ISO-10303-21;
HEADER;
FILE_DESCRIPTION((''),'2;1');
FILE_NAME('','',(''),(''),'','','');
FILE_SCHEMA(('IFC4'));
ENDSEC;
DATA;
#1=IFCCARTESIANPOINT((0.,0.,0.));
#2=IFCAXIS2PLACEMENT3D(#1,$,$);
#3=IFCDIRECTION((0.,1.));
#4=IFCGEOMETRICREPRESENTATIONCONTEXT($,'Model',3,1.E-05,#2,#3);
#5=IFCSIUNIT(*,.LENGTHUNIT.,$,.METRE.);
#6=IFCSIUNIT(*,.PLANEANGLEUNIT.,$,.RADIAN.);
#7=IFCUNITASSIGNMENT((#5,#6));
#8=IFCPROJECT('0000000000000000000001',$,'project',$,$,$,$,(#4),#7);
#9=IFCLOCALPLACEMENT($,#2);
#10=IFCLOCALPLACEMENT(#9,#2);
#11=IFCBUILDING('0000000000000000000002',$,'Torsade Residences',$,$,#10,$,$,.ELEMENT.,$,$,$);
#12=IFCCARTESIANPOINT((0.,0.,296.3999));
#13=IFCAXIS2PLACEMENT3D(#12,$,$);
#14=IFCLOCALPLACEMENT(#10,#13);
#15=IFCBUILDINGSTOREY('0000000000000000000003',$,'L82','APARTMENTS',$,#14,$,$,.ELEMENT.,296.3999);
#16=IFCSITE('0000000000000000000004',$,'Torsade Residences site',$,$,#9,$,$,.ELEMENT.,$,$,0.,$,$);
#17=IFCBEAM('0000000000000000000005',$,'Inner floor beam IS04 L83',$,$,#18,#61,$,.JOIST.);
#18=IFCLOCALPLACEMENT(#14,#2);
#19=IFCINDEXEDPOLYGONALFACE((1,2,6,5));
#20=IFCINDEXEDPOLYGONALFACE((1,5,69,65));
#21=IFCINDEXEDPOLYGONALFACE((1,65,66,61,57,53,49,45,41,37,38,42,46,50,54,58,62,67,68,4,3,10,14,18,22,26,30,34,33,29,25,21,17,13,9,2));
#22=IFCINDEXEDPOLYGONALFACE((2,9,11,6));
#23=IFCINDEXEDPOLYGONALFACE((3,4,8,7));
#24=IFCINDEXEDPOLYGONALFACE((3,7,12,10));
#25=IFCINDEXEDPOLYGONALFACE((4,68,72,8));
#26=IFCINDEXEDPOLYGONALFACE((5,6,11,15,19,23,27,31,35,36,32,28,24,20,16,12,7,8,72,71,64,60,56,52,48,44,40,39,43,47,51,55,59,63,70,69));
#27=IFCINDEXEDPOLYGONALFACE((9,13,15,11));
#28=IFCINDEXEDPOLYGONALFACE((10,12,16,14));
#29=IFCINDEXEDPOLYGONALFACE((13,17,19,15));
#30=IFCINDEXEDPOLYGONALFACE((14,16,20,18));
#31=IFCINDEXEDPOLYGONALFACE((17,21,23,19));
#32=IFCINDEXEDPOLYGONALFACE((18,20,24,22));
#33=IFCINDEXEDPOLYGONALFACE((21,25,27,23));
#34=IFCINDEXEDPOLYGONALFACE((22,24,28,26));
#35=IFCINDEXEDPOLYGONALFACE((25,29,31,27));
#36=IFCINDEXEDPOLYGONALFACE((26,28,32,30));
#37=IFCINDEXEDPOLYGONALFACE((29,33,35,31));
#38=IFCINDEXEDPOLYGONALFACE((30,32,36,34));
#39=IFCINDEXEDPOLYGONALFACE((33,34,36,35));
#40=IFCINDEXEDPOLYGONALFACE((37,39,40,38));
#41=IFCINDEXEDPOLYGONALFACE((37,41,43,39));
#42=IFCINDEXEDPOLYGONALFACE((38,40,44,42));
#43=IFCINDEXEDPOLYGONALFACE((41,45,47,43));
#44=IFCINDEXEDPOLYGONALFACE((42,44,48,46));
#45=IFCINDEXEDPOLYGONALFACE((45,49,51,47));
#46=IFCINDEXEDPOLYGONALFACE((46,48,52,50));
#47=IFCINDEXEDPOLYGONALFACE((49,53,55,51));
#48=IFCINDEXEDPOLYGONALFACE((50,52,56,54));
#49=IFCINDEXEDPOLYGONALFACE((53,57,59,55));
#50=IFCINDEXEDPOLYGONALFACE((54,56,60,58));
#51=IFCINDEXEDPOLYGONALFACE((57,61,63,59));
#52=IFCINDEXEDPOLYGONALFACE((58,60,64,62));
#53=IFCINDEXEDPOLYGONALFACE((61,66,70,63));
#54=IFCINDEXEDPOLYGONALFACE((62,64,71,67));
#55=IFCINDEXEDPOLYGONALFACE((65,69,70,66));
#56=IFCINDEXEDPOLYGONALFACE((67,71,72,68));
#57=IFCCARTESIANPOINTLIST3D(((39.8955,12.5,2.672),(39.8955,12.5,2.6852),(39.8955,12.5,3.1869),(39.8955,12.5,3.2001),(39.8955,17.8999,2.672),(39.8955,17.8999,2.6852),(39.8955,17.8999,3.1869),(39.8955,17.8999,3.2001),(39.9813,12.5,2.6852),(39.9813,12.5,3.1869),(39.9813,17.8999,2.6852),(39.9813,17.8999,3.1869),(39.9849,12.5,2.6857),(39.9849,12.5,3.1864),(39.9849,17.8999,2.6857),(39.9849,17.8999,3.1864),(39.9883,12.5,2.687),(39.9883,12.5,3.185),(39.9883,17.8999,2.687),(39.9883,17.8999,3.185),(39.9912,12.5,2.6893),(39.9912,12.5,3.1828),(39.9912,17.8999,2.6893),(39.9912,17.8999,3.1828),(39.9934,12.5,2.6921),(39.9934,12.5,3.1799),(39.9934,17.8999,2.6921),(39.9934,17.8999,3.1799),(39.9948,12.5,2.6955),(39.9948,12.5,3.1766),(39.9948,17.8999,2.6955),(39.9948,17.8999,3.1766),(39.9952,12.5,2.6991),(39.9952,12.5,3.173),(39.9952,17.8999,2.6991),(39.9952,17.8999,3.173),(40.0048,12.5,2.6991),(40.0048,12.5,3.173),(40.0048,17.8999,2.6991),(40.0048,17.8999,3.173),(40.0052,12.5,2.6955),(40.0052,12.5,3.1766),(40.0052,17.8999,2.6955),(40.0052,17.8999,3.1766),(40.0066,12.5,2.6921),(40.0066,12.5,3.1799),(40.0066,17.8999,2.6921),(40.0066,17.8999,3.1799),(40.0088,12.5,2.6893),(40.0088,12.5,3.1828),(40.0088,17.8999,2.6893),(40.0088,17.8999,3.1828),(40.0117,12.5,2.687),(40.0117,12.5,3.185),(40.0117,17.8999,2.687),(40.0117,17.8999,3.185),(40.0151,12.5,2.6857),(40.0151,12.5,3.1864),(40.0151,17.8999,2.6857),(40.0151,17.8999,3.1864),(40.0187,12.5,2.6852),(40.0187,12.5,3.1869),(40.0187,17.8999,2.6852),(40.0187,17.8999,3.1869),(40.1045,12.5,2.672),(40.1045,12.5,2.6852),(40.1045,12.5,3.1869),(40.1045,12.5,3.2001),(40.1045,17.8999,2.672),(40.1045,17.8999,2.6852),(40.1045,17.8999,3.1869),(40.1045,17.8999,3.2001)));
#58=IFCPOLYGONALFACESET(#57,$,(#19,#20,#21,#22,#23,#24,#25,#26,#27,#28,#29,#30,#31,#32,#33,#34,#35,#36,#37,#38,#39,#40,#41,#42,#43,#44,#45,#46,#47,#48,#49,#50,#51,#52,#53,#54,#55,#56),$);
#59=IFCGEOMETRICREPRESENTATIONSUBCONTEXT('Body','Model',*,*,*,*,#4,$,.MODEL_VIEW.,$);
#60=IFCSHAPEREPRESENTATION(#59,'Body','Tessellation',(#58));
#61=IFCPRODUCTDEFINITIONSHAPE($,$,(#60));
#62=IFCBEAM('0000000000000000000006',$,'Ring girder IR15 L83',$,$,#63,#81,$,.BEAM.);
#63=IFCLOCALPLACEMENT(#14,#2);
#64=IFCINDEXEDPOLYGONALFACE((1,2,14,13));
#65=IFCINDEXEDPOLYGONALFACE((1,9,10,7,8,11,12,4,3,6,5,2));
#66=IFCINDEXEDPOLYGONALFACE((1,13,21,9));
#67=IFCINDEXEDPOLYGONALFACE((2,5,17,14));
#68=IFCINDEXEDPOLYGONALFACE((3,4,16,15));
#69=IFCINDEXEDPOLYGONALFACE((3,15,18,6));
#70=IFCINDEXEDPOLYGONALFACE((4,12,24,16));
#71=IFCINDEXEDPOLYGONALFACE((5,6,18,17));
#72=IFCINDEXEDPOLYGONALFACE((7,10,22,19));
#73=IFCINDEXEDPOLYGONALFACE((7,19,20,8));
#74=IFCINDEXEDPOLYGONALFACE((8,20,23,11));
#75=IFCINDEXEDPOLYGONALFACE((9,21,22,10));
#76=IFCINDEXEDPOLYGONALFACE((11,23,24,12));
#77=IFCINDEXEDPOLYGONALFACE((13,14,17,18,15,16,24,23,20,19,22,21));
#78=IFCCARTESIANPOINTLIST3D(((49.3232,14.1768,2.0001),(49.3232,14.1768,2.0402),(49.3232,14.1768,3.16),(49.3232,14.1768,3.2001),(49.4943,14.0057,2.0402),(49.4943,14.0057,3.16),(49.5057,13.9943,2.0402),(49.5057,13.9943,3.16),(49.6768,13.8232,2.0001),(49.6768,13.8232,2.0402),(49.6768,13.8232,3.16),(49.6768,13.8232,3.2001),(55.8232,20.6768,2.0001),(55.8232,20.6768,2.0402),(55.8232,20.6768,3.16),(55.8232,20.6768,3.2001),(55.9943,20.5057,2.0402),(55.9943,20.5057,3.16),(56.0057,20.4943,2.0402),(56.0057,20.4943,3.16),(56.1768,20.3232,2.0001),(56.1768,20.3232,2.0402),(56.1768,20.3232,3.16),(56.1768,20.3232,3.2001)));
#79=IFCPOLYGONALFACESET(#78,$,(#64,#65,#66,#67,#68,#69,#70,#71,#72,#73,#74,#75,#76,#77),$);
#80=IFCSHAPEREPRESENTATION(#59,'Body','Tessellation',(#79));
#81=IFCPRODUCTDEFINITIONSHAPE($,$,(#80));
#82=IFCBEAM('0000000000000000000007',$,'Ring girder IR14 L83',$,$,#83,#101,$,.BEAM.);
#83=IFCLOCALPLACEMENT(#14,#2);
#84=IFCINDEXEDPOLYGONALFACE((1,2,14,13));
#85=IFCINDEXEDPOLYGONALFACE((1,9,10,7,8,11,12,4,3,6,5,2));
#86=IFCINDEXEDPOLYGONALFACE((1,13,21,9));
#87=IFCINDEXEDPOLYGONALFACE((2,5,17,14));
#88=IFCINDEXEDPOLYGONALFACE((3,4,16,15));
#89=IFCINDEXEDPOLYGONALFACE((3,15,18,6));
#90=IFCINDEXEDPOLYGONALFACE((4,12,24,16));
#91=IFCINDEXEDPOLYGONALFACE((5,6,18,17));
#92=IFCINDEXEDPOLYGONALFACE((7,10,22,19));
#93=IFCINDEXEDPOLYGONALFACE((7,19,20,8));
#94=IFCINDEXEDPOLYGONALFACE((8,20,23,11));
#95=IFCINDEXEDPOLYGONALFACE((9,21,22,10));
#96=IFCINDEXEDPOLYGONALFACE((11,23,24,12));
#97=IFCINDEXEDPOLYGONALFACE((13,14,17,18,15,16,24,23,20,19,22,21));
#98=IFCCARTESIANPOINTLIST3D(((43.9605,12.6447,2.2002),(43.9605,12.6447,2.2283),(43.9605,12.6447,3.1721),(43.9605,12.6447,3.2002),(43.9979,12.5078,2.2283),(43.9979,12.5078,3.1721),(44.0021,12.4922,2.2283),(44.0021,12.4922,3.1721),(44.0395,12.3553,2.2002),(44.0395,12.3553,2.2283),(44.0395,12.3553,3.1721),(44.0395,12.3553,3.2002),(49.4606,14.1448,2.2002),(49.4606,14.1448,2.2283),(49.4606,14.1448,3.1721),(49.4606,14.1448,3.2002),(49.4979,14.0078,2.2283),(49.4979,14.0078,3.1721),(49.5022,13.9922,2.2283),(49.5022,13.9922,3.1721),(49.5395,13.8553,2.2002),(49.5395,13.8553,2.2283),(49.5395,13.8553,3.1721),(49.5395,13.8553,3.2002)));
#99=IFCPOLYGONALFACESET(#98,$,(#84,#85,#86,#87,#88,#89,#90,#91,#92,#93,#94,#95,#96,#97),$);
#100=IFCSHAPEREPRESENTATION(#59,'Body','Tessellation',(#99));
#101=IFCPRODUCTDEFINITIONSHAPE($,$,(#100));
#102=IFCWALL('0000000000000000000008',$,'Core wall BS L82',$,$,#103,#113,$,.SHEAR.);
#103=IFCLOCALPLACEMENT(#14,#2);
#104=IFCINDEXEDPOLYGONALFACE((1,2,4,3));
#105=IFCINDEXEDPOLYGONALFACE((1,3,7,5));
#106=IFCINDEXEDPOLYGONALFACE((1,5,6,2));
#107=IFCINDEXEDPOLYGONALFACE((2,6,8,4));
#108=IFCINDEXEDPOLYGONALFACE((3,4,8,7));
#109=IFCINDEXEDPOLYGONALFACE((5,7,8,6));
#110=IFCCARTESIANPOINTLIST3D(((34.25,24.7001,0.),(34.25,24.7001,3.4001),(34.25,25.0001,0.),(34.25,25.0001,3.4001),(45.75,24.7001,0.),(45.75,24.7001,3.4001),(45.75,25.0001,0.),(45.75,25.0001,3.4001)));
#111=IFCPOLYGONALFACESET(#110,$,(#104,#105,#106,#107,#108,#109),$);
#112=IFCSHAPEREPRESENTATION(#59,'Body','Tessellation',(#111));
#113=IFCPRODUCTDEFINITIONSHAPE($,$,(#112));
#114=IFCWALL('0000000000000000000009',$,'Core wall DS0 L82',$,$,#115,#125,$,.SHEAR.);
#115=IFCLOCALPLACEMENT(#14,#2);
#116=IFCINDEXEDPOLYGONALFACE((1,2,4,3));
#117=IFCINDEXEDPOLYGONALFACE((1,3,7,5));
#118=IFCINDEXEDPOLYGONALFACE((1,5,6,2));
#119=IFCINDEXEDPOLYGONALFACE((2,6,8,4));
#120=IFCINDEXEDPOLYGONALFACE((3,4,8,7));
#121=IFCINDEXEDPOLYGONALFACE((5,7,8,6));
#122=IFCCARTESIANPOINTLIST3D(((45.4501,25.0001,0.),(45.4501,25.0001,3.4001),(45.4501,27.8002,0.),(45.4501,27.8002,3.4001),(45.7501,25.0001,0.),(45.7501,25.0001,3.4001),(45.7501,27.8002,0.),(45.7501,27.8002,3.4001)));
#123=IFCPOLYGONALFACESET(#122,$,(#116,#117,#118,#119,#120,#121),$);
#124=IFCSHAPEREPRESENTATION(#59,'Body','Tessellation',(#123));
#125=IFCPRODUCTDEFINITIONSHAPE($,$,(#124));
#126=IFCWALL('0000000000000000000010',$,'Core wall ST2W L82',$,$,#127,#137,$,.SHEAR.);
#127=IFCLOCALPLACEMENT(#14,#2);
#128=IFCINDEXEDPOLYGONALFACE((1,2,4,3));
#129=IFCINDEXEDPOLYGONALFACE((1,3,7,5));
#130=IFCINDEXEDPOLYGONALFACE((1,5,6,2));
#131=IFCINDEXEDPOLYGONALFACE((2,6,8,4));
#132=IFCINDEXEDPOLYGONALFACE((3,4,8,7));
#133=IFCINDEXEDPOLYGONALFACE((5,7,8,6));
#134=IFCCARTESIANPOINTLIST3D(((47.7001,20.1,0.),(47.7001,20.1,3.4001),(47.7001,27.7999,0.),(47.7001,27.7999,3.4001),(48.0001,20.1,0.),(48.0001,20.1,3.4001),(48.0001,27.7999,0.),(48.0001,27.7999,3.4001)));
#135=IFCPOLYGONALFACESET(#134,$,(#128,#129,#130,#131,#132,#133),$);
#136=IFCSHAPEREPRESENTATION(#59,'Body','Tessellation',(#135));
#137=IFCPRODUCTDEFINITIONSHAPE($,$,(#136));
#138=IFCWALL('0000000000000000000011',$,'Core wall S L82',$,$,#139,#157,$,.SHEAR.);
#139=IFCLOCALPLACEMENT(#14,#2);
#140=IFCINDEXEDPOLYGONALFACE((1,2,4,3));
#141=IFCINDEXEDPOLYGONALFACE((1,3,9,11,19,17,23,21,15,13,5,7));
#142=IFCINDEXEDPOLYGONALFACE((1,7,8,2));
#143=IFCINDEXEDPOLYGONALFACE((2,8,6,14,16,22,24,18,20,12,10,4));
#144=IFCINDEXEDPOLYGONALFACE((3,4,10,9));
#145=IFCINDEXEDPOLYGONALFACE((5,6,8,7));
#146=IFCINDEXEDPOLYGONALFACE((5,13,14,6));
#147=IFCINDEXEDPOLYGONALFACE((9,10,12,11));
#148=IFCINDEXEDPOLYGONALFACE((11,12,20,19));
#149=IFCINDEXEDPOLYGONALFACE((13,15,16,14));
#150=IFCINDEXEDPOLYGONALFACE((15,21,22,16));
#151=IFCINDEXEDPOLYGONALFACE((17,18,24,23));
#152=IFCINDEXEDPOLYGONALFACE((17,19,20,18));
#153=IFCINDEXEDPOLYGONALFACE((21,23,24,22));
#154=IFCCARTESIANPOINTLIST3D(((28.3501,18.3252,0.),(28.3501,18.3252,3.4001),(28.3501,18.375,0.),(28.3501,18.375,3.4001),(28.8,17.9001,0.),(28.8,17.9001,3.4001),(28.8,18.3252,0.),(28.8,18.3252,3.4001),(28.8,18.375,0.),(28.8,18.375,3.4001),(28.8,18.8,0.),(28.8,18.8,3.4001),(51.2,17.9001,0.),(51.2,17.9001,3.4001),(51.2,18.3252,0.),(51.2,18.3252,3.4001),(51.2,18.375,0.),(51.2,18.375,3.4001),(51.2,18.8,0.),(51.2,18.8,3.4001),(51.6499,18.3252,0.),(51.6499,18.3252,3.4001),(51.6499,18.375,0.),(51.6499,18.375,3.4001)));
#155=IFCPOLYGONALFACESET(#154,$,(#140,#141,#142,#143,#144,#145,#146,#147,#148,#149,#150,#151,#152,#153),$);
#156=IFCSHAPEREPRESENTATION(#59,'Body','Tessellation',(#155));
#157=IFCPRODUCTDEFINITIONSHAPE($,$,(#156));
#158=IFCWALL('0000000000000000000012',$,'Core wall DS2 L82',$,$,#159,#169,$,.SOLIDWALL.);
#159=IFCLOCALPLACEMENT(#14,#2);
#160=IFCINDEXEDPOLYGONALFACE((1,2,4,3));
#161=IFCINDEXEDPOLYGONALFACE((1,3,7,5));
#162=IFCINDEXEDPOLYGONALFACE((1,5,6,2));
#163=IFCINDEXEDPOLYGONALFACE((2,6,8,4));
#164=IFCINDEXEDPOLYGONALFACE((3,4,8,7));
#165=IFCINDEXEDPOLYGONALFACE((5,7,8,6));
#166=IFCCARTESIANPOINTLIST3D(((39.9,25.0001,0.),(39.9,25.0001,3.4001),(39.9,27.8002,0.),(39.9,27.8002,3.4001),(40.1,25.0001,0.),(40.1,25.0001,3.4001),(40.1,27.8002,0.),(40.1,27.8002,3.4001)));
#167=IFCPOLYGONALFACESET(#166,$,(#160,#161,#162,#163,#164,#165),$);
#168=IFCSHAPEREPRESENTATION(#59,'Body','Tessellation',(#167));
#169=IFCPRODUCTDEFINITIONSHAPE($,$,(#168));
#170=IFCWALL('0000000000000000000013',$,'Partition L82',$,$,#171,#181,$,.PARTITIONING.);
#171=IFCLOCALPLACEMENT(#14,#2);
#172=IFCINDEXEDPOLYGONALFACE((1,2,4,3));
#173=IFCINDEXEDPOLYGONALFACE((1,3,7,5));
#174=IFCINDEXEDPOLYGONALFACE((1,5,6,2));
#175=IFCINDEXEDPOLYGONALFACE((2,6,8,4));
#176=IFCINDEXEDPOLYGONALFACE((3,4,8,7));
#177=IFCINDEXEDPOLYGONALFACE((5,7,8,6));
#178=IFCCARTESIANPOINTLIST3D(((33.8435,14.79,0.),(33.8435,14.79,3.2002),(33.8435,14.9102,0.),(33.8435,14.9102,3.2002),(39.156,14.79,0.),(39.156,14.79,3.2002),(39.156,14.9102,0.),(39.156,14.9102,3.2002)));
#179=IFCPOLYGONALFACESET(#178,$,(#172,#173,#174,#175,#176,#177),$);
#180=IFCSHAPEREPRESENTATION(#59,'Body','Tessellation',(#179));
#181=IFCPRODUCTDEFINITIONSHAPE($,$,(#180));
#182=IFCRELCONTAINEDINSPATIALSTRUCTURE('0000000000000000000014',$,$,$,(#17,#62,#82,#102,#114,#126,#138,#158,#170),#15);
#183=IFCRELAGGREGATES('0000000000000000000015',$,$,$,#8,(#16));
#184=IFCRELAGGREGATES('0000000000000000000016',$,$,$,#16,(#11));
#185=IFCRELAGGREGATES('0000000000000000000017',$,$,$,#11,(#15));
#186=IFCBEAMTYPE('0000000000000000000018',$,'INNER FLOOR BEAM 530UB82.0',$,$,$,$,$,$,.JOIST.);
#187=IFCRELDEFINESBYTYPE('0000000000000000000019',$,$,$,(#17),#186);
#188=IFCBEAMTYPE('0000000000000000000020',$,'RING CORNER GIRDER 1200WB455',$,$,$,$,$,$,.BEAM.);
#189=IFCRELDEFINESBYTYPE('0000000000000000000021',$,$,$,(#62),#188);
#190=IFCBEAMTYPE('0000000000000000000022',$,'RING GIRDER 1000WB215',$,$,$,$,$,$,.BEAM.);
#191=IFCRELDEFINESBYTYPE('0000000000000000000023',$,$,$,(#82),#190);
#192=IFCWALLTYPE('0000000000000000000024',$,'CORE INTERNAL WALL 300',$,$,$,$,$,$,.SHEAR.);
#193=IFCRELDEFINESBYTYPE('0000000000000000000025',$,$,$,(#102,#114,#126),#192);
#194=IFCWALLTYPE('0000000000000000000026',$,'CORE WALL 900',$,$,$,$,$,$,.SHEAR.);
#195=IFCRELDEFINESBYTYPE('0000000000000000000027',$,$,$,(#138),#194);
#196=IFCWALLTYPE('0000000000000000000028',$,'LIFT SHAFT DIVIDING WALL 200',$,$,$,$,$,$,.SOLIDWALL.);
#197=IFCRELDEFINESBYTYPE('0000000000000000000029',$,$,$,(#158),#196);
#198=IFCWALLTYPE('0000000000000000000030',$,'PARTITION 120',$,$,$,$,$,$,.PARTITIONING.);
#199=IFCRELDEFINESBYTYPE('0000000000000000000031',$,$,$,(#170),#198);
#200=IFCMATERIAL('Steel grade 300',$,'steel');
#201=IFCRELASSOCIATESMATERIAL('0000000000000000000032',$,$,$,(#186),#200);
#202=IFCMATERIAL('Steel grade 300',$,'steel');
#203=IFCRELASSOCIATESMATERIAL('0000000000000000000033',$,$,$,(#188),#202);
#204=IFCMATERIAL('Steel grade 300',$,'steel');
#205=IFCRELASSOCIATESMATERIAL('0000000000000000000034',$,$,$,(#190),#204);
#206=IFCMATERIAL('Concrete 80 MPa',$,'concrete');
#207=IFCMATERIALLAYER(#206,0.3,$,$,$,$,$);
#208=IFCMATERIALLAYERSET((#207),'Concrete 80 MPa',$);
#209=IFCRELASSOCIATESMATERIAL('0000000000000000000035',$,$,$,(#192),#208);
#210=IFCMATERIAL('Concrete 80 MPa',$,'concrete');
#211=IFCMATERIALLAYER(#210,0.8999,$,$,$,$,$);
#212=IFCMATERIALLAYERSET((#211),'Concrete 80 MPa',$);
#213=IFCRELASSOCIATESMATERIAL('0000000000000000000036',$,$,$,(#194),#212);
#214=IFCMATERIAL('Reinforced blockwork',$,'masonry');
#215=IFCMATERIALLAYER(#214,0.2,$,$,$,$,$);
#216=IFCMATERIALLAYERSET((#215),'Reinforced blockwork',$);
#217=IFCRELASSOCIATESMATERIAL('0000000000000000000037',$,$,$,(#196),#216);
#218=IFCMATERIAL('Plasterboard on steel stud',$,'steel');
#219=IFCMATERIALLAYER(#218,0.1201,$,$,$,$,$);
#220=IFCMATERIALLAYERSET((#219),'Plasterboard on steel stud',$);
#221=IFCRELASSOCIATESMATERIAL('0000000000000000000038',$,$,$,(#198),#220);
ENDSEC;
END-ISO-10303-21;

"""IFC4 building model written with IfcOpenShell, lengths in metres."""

from ifc_helpers import new_model, si_unit, direction, frame, frame_2d, origin, origin_2d, place, context, subcontext, project, spatial, polyline, rectangle, i_section, outline, extrude, material, layer, layer_set, material_profile, profile_set, type_object, element, save


model = new_model("IFC4")

# Units and contexts
model_context = context("Model", 3, precision=1e-05, world=origin(), true_north=direction((0.0, 1.0)))
body_context = subcontext(model_context, "Body", "Model", "MODEL_VIEW")
ifc_project = project(units=[si_unit("LENGTHUNIT", "METRE"), si_unit("PLANEANGLEUNIT", "RADIAN")], contexts=[model_context])

# Site, building, storey
site_placement = place(None, origin())
site = spatial("IfcSite", under=ifc_project, at=site_placement, Name="Torsade Residences site", CompositionType="ELEMENT", RefElevation=0.0)
building_placement = place(site_placement, origin())
building = spatial("IfcBuilding", under=site, at=building_placement, Name="Torsade Residences", CompositionType="ELEMENT")
storey_placement = place(building_placement, frame((0.0, 0.0, 296.3999)))
storey = spatial("IfcBuildingStorey", under=building, at=storey_placement, Name="L82", Description="APARTMENTS", CompositionType="ELEMENT", Elevation=296.3999)

# Beams
ifc_material_1 = material(Name="Steel grade 300", Category="steel")
ifc_material_profile_1 = material_profile(ifc_material_1, i_section(OverallWidth=0.209, OverallDepth=0.5281, WebThickness=0.0095, FlangeThickness=0.0132, FilletRadius=0.0139, at=origin_2d()), Name="530UB82.0")
ifc_profile_set_1 = profile_set([ifc_material_profile_1], Name="Steel grade 300")
beam_type_1 = type_object("IfcBeamType", Name="INNER FLOOR BEAM 530UB82.0", PredefinedType="JOIST", material=ifc_profile_set_1)
for number, where, z_axis, x_axis, name in (
    (1, (40.0, 17.8999, 2.936), (0.0, -1.0, 0.0), (1.0, 0.0, 0.0), "Inner floor beam IS04 L83"),
):
    element("IfcBeam", number, at=place(storey_placement, frame(where, z_axis=z_axis, x_axis=x_axis)), inside=storey, type_object=beam_type_1, Name=name, PredefinedType="JOIST", context=body_context, shape_type="SweptSolid", body=[
        extrude(i_section(OverallWidth=0.209, OverallDepth=0.5281, WebThickness=0.0095, FlangeThickness=0.0132, FilletRadius=0.0139, at=origin_2d()), origin(), (0.0, 0.0, 1.0), 5.3999),
    ])
ifc_material_2 = material(Name="Steel grade 300", Category="steel")
ifc_material_profile_2 = material_profile(ifc_material_2, i_section(OverallWidth=0.5, OverallDepth=1.2, WebThickness=0.0161, FlangeThickness=0.04, at=origin_2d()), Name="1200WB455")
ifc_profile_set_2 = profile_set([ifc_material_profile_2], Name="Steel grade 300")
beam_type_2 = type_object("IfcBeamType", Name="RING CORNER GIRDER 1200WB455", PredefinedType="BEAM", material=ifc_profile_set_2)
beam_1_placement = place(storey_placement, frame((49.5, 14.0, 2.6001), z_axis=(0.707107, 0.707107, 0.0), x_axis=(-0.707107, 0.707107, 0.0)))
element("IfcBeam", 2, at=beam_1_placement, inside=storey, type_object=beam_type_2, Name="Ring girder IR15 L83", PredefinedType="BEAM", context=body_context, shape_type="SweptSolid", body=[
    extrude(i_section(OverallWidth=0.5, OverallDepth=1.2, WebThickness=0.0161, FlangeThickness=0.04, at=origin_2d()), origin(), (0.0, 0.0, 1.0), 9.1924),
])
ifc_material_3 = material(Name="Steel grade 300", Category="steel")
ifc_material_profile_3 = material_profile(ifc_material_3, i_section(OverallWidth=0.3, OverallDepth=1.0, WebThickness=0.0161, FlangeThickness=0.0281, at=origin_2d()), Name="1000WB215")
ifc_profile_set_3 = profile_set([ifc_material_profile_3], Name="Steel grade 300")
beam_type_3 = type_object("IfcBeamType", Name="RING GIRDER 1000WB215", PredefinedType="BEAM", material=ifc_profile_set_3)
beam_2_placement = place(storey_placement, frame((44.0, 12.5, 2.7002), z_axis=(0.964764, 0.263117, 0.0), x_axis=(-0.263117, 0.964764, 0.0)))
element("IfcBeam", 3, at=beam_2_placement, inside=storey, type_object=beam_type_3, Name="Ring girder IR14 L83", PredefinedType="BEAM", context=body_context, shape_type="SweptSolid", body=[
    extrude(i_section(OverallWidth=0.3, OverallDepth=1.0, WebThickness=0.0161, FlangeThickness=0.0281, at=origin_2d()), origin(), (0.0, 0.0, 1.0), 5.7009),
])

# Walls
ifc_material_4 = material(Name="Concrete 80 MPa", Category="concrete")
ifc_layer_1 = layer(ifc_material_4, 0.3)
ifc_layer_set_1 = layer_set([ifc_layer_1], Name="Concrete 80 MPa")
wall_type_1 = type_object("IfcWallType", Name="CORE INTERNAL WALL 300", PredefinedType="SHEAR", material=ifc_layer_set_1)
wall_1_placement = place(storey_placement, frame((45.75, 24.8501, 0.0), z_axis=(0.0, 0.0, 1.0), x_axis=(-1.0, 0.0, 0.0)))
element("IfcWall", 4, at=wall_1_placement, inside=storey, type_object=wall_type_1, Name="Core wall BS L82", PredefinedType="SHEAR", context=body_context, shape_type="SweptSolid", body=[
    extrude(rectangle(XDim=11.5, YDim=0.3, at=frame_2d((5.75, 0.0))), origin(), (0.0, 0.0, 1.0), 3.4001),
])
wall_2_placement = place(storey_placement, frame((45.6001, 27.8, 0.0), z_axis=(0.0, 0.0, 1.0), x_axis=(0.0, -1.0, 0.0)))
element("IfcWall", 5, at=wall_2_placement, inside=storey, type_object=wall_type_1, Name="Core wall DS0 L82", PredefinedType="SHEAR", context=body_context, shape_type="SweptSolid", body=[
    extrude(rectangle(XDim=2.8, YDim=0.3, at=frame_2d((1.3999, 0.0))), origin(), (0.0, 0.0, 1.0), 3.4001),
])
wall_3_placement = place(storey_placement, frame((47.8501, 27.8, 0.0), z_axis=(0.0, 0.0, 1.0), x_axis=(0.0, -1.0, 0.0)))
element("IfcWall", 6, at=wall_3_placement, inside=storey, type_object=wall_type_1, Name="Core wall ST2W L82", PredefinedType="SHEAR", context=body_context, shape_type="SweptSolid", body=[
    extrude(rectangle(XDim=7.7, YDim=0.3, at=frame_2d((3.8501, 0.0))), origin(), (0.0, 0.0, 1.0), 3.4001),
])
ifc_material_5 = material(Name="Concrete 80 MPa", Category="concrete")
ifc_layer_2 = layer(ifc_material_5, 0.8999)
ifc_layer_set_2 = layer_set([ifc_layer_2], Name="Concrete 80 MPa")
wall_type_2 = type_object("IfcWallType", Name="CORE WALL 900", PredefinedType="SHEAR", material=ifc_layer_set_2)
wall_4_placement = place(storey_placement, frame((51.2, 18.3501, 0.0), z_axis=(0.0, 0.0, 1.0), x_axis=(-1.0, 0.0, 0.0)))
element("IfcWall", 7, at=wall_4_placement, inside=storey, type_object=wall_type_2, Name="Core wall S L82", PredefinedType="SHEAR", context=body_context, shape_type="SweptSolid", body=[
    extrude(outline(polyline([(0.0, -0.45), (22.3999, -0.45), (22.3999, -0.0249), (22.8499, -0.0249), (22.8499, 0.0249), (22.3999, 0.0249), (22.3999, 0.45), (0.0, 0.45), (0.0, 0.0249), (-0.45, 0.0249), (-0.45, -0.0249), (0.0, -0.0249), (0.0, -0.45)])), origin(), (0.0, 0.0, 1.0), 3.4001),
])
ifc_material_6 = material(Name="Reinforced blockwork", Category="masonry")
ifc_layer_3 = layer(ifc_material_6, 0.2)
ifc_layer_set_3 = layer_set([ifc_layer_3], Name="Reinforced blockwork")
wall_type_3 = type_object("IfcWallType", Name="LIFT SHAFT DIVIDING WALL 200", PredefinedType="SOLIDWALL", material=ifc_layer_set_3)
wall_5_placement = place(storey_placement, frame((40.0, 27.8, 0.0), z_axis=(0.0, 0.0, 1.0), x_axis=(0.0, -1.0, 0.0)))
element("IfcWall", 8, at=wall_5_placement, inside=storey, type_object=wall_type_3, Name="Core wall DS2 L82", PredefinedType="SOLIDWALL", context=body_context, shape_type="SweptSolid", body=[
    extrude(rectangle(XDim=2.8, YDim=0.2, at=frame_2d((1.3999, 0.0))), origin(), (0.0, 0.0, 1.0), 3.4001),
])
ifc_material_7 = material(Name="Plasterboard on steel stud", Category="steel")
ifc_layer_4 = layer(ifc_material_7, 0.1201)
ifc_layer_set_4 = layer_set([ifc_layer_4], Name="Plasterboard on steel stud")
wall_type_4 = type_object("IfcWallType", Name="PARTITION 120", PredefinedType="PARTITIONING", material=ifc_layer_set_4)
wall_6_placement = place(storey_placement, frame((39.156, 14.8501, 0.0), z_axis=(0.0, 0.0, 1.0), x_axis=(-1.0, 0.0, 0.0)))
element("IfcWall", 9, at=wall_6_placement, inside=storey, type_object=wall_type_4, Name="Partition L82", PredefinedType="PARTITIONING", context=body_context, shape_type="SweptSolid", body=[
    extrude(rectangle(XDim=5.3125, YDim=0.1201, at=frame_2d((2.6562, 0.0))), origin(), (0.0, 0.0, 1.0), 3.2002),
])

save(model, "model.ifc")
